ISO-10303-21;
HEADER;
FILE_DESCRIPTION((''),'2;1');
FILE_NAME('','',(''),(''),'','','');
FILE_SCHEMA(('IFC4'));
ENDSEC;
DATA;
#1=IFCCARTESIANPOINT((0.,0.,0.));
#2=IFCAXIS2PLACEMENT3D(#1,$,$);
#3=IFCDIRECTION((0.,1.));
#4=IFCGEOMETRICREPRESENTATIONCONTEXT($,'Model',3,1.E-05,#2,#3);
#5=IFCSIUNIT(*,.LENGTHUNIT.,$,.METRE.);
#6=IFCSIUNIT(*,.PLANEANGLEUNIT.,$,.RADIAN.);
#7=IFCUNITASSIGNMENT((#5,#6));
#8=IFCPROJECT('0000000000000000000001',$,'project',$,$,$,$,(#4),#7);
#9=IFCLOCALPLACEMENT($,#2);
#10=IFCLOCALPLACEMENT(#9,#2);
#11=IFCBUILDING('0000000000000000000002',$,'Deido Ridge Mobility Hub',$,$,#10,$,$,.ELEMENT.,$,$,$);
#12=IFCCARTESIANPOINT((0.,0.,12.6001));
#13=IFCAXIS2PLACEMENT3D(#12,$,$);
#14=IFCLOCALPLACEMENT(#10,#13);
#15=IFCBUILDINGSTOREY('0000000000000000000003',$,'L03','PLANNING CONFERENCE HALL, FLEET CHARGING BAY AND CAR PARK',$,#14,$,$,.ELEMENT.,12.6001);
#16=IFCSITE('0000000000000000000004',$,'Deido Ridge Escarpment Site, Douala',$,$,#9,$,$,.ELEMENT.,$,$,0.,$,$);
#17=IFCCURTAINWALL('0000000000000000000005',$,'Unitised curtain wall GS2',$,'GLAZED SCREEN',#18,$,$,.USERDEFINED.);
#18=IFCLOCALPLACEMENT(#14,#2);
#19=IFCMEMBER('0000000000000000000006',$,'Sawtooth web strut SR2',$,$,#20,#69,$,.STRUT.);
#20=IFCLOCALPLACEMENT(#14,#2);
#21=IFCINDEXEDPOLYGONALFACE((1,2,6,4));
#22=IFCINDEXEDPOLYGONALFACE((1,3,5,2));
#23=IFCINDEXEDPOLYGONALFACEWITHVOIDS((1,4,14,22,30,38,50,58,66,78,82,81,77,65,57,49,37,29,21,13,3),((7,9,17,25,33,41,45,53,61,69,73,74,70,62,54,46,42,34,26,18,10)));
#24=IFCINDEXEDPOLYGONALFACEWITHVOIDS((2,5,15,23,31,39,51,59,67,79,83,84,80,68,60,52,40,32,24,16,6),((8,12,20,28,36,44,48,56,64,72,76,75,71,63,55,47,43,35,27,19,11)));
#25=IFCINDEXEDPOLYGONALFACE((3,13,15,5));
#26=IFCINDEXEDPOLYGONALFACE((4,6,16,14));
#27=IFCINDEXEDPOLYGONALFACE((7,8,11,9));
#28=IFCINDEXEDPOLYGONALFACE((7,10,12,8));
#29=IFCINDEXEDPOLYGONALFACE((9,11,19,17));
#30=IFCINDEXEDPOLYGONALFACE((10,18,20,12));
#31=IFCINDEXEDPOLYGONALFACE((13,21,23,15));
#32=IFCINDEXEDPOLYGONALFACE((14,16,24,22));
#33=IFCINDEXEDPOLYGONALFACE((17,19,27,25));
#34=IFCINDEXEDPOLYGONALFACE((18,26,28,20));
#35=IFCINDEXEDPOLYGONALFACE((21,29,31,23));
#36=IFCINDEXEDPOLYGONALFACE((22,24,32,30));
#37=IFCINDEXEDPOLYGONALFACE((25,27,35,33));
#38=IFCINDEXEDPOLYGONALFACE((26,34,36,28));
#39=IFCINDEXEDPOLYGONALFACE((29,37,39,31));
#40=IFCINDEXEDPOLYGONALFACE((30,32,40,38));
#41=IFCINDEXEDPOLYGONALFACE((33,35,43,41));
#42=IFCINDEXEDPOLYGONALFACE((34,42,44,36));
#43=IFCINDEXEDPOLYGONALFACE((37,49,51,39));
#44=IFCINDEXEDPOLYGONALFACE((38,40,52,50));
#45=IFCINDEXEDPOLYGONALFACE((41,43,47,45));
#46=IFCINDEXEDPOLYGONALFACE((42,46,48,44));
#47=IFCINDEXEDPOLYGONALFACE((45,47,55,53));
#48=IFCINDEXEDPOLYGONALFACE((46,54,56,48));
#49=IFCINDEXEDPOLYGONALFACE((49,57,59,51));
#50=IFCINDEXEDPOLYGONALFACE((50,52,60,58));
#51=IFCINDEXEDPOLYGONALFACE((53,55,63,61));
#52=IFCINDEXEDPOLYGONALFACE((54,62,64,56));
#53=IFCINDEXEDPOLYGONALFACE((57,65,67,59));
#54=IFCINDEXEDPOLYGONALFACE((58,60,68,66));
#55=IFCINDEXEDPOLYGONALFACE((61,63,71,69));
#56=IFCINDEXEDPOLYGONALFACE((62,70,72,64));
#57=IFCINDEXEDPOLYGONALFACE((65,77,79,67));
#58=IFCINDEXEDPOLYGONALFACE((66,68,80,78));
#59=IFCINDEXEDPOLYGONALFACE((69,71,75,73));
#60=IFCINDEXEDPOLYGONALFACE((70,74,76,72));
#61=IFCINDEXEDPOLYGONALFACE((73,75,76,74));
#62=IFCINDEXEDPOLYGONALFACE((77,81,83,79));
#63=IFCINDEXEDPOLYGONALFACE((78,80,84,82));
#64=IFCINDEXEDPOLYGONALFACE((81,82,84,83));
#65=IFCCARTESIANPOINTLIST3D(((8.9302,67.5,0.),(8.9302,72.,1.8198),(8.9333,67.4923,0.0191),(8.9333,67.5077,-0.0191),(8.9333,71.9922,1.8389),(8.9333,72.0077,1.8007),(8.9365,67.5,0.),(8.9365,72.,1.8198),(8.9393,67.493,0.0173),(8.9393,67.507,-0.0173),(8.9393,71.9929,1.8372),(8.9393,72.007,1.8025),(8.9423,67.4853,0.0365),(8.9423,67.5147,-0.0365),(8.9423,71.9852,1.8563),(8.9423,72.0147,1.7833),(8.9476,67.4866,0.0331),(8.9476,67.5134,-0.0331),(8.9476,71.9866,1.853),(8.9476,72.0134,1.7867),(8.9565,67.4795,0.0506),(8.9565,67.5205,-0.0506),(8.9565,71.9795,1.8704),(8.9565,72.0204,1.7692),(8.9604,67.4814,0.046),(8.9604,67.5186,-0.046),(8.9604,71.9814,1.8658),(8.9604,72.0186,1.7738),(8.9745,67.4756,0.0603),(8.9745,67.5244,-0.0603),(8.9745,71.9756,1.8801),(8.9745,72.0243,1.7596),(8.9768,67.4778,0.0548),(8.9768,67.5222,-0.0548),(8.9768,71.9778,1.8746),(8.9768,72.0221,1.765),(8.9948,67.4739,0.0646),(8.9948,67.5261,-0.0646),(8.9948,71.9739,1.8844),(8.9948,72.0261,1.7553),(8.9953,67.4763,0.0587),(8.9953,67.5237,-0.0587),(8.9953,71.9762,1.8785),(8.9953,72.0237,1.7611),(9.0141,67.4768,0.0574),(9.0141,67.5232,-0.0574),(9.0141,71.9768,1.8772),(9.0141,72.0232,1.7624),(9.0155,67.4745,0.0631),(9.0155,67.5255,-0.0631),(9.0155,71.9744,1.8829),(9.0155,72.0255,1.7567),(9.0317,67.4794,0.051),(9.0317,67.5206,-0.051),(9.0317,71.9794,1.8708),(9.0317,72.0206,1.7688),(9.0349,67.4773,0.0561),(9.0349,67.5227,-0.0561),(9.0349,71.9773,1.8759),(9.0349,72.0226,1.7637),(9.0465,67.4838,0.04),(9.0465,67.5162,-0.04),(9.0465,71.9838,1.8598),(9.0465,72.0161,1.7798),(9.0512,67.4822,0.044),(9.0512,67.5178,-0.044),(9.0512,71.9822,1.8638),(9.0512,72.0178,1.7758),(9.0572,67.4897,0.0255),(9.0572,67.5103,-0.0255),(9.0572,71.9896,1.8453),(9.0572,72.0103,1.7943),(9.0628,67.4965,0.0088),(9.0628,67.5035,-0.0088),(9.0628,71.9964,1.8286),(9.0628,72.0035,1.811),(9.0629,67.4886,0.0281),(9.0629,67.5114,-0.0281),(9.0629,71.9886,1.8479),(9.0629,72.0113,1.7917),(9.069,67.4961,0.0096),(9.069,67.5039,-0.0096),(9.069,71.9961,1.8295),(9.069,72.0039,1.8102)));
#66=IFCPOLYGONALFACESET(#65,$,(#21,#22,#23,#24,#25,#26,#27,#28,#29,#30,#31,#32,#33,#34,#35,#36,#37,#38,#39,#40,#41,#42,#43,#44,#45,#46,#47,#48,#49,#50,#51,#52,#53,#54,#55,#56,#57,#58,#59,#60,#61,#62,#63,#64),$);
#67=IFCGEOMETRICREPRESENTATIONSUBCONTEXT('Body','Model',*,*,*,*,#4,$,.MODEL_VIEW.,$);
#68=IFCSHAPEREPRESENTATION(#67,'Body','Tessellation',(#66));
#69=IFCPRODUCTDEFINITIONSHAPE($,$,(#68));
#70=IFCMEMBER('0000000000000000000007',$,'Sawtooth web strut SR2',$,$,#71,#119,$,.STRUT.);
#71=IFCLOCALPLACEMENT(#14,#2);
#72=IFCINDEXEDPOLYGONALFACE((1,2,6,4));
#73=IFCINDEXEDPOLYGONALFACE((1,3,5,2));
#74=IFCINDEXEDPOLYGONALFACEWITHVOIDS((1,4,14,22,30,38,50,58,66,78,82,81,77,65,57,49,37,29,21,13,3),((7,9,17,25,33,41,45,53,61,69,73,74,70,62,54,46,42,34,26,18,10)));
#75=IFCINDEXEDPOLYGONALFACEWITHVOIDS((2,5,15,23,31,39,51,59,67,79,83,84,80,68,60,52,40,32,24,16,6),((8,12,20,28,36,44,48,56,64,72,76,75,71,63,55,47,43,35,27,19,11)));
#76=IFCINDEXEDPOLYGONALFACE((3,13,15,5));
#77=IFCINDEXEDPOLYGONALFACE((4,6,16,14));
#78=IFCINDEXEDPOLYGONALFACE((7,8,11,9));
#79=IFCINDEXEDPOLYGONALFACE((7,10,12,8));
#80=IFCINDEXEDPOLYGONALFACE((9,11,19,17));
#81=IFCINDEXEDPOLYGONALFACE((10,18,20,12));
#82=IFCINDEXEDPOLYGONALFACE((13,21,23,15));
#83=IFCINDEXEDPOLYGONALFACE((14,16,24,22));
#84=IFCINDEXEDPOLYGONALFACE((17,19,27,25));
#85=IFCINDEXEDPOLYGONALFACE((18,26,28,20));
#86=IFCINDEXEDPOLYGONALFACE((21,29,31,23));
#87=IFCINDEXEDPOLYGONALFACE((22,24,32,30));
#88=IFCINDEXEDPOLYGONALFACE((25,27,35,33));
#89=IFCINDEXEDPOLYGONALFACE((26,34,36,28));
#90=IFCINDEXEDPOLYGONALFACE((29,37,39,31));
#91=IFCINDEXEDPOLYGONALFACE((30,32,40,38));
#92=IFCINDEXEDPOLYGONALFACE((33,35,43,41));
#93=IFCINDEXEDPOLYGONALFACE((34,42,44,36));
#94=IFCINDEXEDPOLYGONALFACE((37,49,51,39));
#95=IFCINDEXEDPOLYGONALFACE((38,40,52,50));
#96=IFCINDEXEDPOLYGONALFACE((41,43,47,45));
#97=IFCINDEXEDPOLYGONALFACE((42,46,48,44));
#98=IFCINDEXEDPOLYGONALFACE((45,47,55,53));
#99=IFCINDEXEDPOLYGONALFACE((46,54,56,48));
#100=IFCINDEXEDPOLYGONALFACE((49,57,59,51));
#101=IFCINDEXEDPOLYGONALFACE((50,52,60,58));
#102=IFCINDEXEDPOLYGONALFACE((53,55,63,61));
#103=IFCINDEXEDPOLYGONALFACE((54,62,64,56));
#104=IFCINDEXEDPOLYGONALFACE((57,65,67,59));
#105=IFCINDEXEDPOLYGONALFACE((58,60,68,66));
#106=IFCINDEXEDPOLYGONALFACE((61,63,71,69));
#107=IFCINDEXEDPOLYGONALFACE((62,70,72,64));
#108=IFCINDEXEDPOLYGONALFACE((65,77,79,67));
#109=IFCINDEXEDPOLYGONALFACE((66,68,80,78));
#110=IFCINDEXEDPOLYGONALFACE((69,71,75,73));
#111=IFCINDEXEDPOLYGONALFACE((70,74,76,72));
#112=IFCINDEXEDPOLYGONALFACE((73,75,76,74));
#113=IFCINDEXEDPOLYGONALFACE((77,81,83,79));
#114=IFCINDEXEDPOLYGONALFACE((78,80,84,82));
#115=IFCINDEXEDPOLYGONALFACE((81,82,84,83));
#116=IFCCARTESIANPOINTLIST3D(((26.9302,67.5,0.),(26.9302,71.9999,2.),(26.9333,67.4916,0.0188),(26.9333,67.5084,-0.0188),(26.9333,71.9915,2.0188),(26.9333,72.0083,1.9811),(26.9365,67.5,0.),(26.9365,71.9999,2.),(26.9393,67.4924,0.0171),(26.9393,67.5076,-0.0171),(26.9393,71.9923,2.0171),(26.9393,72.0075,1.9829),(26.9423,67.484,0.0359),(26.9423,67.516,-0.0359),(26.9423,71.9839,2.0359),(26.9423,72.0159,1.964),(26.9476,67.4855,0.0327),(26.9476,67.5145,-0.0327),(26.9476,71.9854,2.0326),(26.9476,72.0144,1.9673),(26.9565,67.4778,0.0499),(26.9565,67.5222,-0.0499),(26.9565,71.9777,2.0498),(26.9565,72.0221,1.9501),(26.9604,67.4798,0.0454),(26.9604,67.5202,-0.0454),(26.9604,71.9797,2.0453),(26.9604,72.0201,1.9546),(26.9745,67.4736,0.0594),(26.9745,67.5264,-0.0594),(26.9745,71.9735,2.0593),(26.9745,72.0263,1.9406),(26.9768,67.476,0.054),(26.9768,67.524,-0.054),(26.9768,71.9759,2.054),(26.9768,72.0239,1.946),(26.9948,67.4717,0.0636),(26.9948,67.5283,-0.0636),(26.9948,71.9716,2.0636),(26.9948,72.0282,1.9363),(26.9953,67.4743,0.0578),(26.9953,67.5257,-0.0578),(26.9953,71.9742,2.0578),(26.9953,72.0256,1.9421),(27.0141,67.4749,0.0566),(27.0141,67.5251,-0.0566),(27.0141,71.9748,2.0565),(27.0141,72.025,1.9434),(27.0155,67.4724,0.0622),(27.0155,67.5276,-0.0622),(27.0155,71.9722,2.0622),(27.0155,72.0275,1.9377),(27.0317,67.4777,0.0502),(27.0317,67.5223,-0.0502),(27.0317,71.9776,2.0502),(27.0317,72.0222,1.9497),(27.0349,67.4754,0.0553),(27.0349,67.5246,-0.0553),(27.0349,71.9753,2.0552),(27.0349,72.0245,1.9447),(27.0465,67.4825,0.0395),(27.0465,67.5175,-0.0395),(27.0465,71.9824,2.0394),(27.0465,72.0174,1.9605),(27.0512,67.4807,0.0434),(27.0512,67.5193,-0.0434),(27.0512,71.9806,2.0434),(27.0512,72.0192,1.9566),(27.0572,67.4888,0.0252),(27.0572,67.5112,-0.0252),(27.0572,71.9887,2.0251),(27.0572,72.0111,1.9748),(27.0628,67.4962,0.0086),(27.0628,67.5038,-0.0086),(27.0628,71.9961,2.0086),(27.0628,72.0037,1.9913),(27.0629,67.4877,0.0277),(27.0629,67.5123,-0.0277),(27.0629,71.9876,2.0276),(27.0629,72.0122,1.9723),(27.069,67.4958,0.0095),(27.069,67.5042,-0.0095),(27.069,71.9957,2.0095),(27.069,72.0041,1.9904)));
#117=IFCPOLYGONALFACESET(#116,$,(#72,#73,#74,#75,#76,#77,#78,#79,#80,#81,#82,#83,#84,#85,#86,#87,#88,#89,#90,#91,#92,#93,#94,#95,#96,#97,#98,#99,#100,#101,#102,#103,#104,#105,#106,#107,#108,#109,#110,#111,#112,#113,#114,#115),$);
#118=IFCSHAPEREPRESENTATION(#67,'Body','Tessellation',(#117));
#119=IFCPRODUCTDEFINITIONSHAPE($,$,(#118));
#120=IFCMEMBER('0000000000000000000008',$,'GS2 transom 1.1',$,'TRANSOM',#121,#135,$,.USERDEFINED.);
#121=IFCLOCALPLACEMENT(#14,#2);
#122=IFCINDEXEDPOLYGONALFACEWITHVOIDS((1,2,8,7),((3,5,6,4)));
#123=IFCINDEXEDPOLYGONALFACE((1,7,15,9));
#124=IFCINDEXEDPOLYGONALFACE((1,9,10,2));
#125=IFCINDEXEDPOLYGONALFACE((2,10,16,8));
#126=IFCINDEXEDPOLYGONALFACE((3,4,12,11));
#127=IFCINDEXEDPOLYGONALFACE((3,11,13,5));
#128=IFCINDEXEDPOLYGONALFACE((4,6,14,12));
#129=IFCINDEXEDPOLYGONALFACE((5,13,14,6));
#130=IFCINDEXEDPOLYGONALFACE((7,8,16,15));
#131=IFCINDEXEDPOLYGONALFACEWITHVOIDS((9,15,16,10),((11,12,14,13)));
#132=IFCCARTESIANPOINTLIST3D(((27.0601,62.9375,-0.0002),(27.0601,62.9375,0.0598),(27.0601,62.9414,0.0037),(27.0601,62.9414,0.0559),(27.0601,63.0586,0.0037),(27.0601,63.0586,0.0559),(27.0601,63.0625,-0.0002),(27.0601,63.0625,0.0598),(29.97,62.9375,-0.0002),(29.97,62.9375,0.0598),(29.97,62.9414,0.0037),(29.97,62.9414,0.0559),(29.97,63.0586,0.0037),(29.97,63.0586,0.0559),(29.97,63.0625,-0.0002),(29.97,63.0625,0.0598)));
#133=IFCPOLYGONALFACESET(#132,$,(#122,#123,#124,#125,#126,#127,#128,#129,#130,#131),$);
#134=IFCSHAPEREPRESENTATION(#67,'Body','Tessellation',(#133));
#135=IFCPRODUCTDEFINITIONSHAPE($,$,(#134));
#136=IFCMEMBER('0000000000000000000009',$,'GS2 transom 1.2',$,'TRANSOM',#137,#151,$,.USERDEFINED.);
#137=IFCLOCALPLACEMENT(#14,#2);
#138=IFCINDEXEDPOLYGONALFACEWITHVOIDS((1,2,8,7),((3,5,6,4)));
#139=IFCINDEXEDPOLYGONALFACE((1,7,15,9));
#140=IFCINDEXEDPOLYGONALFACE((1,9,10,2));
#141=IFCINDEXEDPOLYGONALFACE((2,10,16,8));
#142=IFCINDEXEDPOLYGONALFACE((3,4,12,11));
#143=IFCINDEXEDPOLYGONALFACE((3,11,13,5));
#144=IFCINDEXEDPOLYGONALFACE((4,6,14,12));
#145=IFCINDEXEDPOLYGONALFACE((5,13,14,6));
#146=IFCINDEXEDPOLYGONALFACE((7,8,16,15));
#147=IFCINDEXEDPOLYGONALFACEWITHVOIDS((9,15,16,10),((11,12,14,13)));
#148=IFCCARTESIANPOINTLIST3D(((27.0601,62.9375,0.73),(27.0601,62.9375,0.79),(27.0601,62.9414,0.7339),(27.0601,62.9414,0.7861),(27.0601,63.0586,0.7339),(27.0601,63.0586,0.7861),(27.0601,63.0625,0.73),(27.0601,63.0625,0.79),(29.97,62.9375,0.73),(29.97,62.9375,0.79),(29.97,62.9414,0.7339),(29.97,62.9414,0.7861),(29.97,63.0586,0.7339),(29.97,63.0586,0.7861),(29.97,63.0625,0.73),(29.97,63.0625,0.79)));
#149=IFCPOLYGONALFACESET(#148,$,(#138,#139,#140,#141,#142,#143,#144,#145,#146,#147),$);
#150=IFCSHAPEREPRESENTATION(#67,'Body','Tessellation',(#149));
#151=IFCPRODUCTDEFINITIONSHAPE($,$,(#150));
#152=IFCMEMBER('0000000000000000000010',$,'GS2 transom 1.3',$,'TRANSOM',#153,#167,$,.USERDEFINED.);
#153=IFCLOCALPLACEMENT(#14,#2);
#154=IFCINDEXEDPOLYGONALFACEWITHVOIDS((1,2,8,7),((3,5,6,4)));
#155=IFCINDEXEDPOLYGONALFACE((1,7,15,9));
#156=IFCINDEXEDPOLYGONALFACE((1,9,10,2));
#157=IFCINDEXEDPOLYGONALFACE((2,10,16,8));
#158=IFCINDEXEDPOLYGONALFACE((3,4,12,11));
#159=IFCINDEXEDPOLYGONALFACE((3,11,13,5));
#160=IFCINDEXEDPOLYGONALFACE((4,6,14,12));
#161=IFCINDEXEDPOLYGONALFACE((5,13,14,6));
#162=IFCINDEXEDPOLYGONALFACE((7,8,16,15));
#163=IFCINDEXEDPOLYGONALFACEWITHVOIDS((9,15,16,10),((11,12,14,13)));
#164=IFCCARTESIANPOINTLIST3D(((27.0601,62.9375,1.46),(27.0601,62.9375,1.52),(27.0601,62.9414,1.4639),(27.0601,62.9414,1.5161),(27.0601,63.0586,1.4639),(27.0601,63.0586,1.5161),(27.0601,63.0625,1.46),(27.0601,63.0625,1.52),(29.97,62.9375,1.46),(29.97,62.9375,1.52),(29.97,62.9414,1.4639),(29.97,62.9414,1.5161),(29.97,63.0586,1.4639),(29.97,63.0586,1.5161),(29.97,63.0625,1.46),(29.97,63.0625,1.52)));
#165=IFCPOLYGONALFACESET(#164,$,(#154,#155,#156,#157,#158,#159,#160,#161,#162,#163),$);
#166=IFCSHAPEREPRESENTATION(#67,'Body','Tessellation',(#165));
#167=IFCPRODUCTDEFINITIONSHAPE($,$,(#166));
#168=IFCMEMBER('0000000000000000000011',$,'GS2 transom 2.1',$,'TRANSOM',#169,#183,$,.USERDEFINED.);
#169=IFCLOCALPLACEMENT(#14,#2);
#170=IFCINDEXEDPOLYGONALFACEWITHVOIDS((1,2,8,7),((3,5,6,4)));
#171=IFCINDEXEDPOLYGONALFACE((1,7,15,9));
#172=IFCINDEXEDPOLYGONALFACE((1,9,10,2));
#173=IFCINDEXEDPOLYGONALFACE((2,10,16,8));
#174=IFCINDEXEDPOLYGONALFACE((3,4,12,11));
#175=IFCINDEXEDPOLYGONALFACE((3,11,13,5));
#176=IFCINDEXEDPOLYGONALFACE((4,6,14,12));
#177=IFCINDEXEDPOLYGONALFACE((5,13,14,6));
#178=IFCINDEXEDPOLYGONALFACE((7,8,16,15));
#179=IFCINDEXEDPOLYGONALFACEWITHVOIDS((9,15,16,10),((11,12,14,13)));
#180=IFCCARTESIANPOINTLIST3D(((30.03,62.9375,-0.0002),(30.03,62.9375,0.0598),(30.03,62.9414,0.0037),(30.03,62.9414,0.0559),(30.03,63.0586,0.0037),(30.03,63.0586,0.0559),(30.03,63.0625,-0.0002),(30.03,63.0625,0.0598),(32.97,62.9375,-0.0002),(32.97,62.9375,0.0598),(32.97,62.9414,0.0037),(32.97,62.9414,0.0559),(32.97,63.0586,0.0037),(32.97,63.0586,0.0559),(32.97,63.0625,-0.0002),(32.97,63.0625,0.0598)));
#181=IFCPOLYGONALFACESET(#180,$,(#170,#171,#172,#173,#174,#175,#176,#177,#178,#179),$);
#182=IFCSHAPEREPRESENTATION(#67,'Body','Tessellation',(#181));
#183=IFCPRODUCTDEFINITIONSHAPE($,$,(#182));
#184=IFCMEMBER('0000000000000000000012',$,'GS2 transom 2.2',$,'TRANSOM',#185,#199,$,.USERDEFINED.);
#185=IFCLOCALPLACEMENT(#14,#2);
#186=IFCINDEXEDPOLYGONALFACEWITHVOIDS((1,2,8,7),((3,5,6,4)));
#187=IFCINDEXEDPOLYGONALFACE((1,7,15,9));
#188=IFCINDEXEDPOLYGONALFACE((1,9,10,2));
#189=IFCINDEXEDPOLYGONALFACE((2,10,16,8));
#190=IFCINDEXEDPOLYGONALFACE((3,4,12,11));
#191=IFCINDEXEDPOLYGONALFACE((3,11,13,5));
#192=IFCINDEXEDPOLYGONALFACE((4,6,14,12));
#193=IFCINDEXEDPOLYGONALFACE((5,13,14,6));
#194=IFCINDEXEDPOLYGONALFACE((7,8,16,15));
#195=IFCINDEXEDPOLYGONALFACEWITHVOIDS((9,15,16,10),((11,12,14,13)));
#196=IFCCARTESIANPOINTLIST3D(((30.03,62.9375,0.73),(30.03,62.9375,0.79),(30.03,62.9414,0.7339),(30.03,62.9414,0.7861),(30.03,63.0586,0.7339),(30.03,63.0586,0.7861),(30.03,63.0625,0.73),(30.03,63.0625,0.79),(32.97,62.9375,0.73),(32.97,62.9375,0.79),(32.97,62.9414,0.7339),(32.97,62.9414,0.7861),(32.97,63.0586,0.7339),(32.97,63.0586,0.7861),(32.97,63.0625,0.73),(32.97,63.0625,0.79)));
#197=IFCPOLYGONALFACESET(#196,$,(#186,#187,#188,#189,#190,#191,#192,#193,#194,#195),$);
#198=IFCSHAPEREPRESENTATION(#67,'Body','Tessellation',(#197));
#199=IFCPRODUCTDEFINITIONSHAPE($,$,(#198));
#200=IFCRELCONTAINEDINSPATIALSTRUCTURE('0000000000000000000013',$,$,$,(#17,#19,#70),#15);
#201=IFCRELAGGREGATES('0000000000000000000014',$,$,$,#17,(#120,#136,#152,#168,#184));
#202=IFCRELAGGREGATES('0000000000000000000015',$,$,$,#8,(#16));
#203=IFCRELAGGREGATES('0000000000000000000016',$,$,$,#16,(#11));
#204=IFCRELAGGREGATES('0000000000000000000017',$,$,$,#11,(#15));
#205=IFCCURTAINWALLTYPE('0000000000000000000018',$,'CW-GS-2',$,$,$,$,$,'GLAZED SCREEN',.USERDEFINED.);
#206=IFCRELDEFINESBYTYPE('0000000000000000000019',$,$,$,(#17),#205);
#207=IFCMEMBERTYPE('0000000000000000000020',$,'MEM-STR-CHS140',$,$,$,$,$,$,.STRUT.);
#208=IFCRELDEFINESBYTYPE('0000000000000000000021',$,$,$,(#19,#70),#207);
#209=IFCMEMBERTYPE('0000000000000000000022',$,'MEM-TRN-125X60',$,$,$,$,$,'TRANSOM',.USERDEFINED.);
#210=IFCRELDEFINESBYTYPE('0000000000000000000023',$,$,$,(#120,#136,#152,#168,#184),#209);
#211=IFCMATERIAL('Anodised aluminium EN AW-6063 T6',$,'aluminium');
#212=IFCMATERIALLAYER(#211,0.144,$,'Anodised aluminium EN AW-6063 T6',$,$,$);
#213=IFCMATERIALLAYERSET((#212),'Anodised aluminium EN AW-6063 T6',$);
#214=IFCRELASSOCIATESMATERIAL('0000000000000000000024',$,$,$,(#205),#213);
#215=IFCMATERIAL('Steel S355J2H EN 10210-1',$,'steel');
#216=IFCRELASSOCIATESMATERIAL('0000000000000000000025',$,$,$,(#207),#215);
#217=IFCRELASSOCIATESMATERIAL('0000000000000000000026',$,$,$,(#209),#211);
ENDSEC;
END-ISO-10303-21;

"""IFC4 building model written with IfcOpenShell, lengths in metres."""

from ifc_helpers import new_model, si_unit, direction, frame, origin, origin_2d, place, context, subcontext, project, spatial, hollow_rectangle, hollow_circle, extrude, material, layer, layer_set, material_profile, profile_set, type_object, element, aggregate, save


model = new_model("IFC4")

# Units and contexts
model_context = context("Model", 3, precision=1e-05, world=origin(), true_north=direction((0.0, 1.0)))
body_context = subcontext(model_context, "Body", "Model", "MODEL_VIEW")
ifc_project = project(units=[si_unit("LENGTHUNIT", "METRE"), si_unit("PLANEANGLEUNIT", "RADIAN")], contexts=[model_context])

# Site, building, storey
site_placement = place(None, origin())
site = spatial("IfcSite", under=ifc_project, at=site_placement, Name="Deido Ridge Escarpment Site, Douala", CompositionType="ELEMENT", RefElevation=0.0)
building_placement = place(site_placement, origin())
building = spatial("IfcBuilding", under=site, at=building_placement, Name="Deido Ridge Mobility Hub", CompositionType="ELEMENT")
storey_placement = place(building_placement, frame((0.0, 0.0, 12.6001)))
storey = spatial("IfcBuildingStorey", under=building, at=storey_placement, Name="L03", Description="PLANNING CONFERENCE HALL, FLEET CHARGING BAY AND CAR PARK", CompositionType="ELEMENT", Elevation=12.6001)

# Shared definitions
ifc_material_1 = material(Name="Steel S355J2H EN 10210-1", Category="steel")

# Curtain wall
ifc_material_2 = material(Name="Anodised aluminium EN AW-6063 T6", Category="aluminium")
ifc_layer_1 = layer(ifc_material_2, 0.144, Name="Anodised aluminium EN AW-6063 T6")
ifc_layer_set_1 = layer_set([ifc_layer_1], Name="Anodised aluminium EN AW-6063 T6")
curtain_wall_type = type_object("IfcCurtainWallType", Name="CW-GS-2", ElementType="GLAZED SCREEN", PredefinedType="USERDEFINED", material=ifc_layer_set_1)
curtain_wall_placement = place(storey_placement, origin())
curtain_wall = element("IfcCurtainWall", 1, at=curtain_wall_placement, inside=storey, type_object=curtain_wall_type, Name="Unitised curtain wall GS2", ObjectType="GLAZED SCREEN", PredefinedType="USERDEFINED")

# Members
ifc_material_profile_1 = material_profile(ifc_material_1, hollow_circle(Radius=0.0698, WallThickness=0.0063, at=origin_2d()), Name="CHS 139.7x6.3")
ifc_profile_set_1 = profile_set([ifc_material_profile_1], Name="Steel S355J2H EN 10210-1")
member_type_1 = type_object("IfcMemberType", Name="MEM-STR-CHS140", PredefinedType="STRUT", material=ifc_profile_set_1)
member_1_placement = place(storey_placement, frame((9.0, 67.5, 0.0), z_axis=(0.0, 0.927062, 0.374909), x_axis=(-1.0, 0.0, 0.0)))
element("IfcMember", 2, at=member_1_placement, inside=storey, type_object=member_type_1, Name="Sawtooth web strut SR2", PredefinedType="STRUT", context=body_context, shape_type="SweptSolid", body=[
    extrude(hollow_circle(Radius=0.0698, WallThickness=0.0063, at=origin_2d()), origin(), (0.0, 0.0, 1.0), 4.854),
])
member_2_placement = place(storey_placement, frame((27.0, 67.5, 0.0), z_axis=(0.0, 0.913812, 0.406138), x_axis=(-1.0, 0.0, 0.0)))
element("IfcMember", 3, at=member_2_placement, inside=storey, type_object=member_type_1, Name="Sawtooth web strut SR2", PredefinedType="STRUT", context=body_context, shape_type="SweptSolid", body=[
    extrude(hollow_circle(Radius=0.0698, WallThickness=0.0063, at=origin_2d()), origin(), (0.0, 0.0, 1.0), 4.9243),
])

# Members
ifc_material_profile_2 = material_profile(ifc_material_2, hollow_rectangle(XDim=0.125, YDim=0.0601, WallThickness=0.0039, at=origin_2d()), Name="RHS 125x60x4")
ifc_profile_set_2 = profile_set([ifc_material_profile_2], Name="Anodised aluminium EN AW-6063 T6")
member_type_2 = type_object("IfcMemberType", Name="MEM-TRN-125X60", ElementType="TRANSOM", PredefinedType="USERDEFINED", material=ifc_profile_set_2)
member_3_placement = place(storey_placement, frame((27.0601, 63.0, 0.0298), z_axis=(1.0, 0.0, 0.0), x_axis=(0.0, 1.0, 0.0)))
member_3 = element("IfcMember", 4, at=member_3_placement, type_object=member_type_2, Name="GS2 transom 1.1", ObjectType="TRANSOM", PredefinedType="USERDEFINED", context=body_context, shape_type="SweptSolid", body=[
    extrude(hollow_rectangle(XDim=0.125, YDim=0.0601, WallThickness=0.0039, at=origin_2d()), origin(), (0.0, 0.0, 1.0), 2.9099),
])
member_4_placement = place(storey_placement, frame((27.0601, 63.0, 0.76), z_axis=(1.0, 0.0, 0.0), x_axis=(0.0, 1.0, 0.0)))
member_4 = element("IfcMember", 5, at=member_4_placement, type_object=member_type_2, Name="GS2 transom 1.2", ObjectType="TRANSOM", PredefinedType="USERDEFINED", context=body_context, shape_type="SweptSolid", body=[
    extrude(hollow_rectangle(XDim=0.125, YDim=0.0601, WallThickness=0.0039, at=origin_2d()), origin(), (0.0, 0.0, 1.0), 2.9099),
])
member_5_placement = place(storey_placement, frame((27.0601, 63.0, 1.49), z_axis=(1.0, 0.0, 0.0), x_axis=(0.0, 1.0, 0.0)))
member_5 = element("IfcMember", 6, at=member_5_placement, type_object=member_type_2, Name="GS2 transom 1.3", ObjectType="TRANSOM", PredefinedType="USERDEFINED", context=body_context, shape_type="SweptSolid", body=[
    extrude(hollow_rectangle(XDim=0.125, YDim=0.0601, WallThickness=0.0039, at=origin_2d()), origin(), (0.0, 0.0, 1.0), 2.9099),
])
member_6_placement = place(storey_placement, frame((30.03, 63.0, 0.0298), z_axis=(1.0, 0.0, 0.0), x_axis=(0.0, 1.0, 0.0)))
member_6 = element("IfcMember", 7, at=member_6_placement, type_object=member_type_2, Name="GS2 transom 2.1", ObjectType="TRANSOM", PredefinedType="USERDEFINED", context=body_context, shape_type="SweptSolid", body=[
    extrude(hollow_rectangle(XDim=0.125, YDim=0.0601, WallThickness=0.0039, at=origin_2d()), origin(), (0.0, 0.0, 1.0), 2.9399),
])
member_7_placement = place(storey_placement, frame((30.03, 63.0, 0.76), z_axis=(1.0, 0.0, 0.0), x_axis=(0.0, 1.0, 0.0)))
member_7 = element("IfcMember", 8, at=member_7_placement, type_object=member_type_2, Name="GS2 transom 2.2", ObjectType="TRANSOM", PredefinedType="USERDEFINED", context=body_context, shape_type="SweptSolid", body=[
    extrude(hollow_rectangle(XDim=0.125, YDim=0.0601, WallThickness=0.0039, at=origin_2d()), origin(), (0.0, 0.0, 1.0), 2.9399),
])

aggregate(curtain_wall, [member_3, member_4, member_5, member_6, member_7])

save(model, "model.ifc")
